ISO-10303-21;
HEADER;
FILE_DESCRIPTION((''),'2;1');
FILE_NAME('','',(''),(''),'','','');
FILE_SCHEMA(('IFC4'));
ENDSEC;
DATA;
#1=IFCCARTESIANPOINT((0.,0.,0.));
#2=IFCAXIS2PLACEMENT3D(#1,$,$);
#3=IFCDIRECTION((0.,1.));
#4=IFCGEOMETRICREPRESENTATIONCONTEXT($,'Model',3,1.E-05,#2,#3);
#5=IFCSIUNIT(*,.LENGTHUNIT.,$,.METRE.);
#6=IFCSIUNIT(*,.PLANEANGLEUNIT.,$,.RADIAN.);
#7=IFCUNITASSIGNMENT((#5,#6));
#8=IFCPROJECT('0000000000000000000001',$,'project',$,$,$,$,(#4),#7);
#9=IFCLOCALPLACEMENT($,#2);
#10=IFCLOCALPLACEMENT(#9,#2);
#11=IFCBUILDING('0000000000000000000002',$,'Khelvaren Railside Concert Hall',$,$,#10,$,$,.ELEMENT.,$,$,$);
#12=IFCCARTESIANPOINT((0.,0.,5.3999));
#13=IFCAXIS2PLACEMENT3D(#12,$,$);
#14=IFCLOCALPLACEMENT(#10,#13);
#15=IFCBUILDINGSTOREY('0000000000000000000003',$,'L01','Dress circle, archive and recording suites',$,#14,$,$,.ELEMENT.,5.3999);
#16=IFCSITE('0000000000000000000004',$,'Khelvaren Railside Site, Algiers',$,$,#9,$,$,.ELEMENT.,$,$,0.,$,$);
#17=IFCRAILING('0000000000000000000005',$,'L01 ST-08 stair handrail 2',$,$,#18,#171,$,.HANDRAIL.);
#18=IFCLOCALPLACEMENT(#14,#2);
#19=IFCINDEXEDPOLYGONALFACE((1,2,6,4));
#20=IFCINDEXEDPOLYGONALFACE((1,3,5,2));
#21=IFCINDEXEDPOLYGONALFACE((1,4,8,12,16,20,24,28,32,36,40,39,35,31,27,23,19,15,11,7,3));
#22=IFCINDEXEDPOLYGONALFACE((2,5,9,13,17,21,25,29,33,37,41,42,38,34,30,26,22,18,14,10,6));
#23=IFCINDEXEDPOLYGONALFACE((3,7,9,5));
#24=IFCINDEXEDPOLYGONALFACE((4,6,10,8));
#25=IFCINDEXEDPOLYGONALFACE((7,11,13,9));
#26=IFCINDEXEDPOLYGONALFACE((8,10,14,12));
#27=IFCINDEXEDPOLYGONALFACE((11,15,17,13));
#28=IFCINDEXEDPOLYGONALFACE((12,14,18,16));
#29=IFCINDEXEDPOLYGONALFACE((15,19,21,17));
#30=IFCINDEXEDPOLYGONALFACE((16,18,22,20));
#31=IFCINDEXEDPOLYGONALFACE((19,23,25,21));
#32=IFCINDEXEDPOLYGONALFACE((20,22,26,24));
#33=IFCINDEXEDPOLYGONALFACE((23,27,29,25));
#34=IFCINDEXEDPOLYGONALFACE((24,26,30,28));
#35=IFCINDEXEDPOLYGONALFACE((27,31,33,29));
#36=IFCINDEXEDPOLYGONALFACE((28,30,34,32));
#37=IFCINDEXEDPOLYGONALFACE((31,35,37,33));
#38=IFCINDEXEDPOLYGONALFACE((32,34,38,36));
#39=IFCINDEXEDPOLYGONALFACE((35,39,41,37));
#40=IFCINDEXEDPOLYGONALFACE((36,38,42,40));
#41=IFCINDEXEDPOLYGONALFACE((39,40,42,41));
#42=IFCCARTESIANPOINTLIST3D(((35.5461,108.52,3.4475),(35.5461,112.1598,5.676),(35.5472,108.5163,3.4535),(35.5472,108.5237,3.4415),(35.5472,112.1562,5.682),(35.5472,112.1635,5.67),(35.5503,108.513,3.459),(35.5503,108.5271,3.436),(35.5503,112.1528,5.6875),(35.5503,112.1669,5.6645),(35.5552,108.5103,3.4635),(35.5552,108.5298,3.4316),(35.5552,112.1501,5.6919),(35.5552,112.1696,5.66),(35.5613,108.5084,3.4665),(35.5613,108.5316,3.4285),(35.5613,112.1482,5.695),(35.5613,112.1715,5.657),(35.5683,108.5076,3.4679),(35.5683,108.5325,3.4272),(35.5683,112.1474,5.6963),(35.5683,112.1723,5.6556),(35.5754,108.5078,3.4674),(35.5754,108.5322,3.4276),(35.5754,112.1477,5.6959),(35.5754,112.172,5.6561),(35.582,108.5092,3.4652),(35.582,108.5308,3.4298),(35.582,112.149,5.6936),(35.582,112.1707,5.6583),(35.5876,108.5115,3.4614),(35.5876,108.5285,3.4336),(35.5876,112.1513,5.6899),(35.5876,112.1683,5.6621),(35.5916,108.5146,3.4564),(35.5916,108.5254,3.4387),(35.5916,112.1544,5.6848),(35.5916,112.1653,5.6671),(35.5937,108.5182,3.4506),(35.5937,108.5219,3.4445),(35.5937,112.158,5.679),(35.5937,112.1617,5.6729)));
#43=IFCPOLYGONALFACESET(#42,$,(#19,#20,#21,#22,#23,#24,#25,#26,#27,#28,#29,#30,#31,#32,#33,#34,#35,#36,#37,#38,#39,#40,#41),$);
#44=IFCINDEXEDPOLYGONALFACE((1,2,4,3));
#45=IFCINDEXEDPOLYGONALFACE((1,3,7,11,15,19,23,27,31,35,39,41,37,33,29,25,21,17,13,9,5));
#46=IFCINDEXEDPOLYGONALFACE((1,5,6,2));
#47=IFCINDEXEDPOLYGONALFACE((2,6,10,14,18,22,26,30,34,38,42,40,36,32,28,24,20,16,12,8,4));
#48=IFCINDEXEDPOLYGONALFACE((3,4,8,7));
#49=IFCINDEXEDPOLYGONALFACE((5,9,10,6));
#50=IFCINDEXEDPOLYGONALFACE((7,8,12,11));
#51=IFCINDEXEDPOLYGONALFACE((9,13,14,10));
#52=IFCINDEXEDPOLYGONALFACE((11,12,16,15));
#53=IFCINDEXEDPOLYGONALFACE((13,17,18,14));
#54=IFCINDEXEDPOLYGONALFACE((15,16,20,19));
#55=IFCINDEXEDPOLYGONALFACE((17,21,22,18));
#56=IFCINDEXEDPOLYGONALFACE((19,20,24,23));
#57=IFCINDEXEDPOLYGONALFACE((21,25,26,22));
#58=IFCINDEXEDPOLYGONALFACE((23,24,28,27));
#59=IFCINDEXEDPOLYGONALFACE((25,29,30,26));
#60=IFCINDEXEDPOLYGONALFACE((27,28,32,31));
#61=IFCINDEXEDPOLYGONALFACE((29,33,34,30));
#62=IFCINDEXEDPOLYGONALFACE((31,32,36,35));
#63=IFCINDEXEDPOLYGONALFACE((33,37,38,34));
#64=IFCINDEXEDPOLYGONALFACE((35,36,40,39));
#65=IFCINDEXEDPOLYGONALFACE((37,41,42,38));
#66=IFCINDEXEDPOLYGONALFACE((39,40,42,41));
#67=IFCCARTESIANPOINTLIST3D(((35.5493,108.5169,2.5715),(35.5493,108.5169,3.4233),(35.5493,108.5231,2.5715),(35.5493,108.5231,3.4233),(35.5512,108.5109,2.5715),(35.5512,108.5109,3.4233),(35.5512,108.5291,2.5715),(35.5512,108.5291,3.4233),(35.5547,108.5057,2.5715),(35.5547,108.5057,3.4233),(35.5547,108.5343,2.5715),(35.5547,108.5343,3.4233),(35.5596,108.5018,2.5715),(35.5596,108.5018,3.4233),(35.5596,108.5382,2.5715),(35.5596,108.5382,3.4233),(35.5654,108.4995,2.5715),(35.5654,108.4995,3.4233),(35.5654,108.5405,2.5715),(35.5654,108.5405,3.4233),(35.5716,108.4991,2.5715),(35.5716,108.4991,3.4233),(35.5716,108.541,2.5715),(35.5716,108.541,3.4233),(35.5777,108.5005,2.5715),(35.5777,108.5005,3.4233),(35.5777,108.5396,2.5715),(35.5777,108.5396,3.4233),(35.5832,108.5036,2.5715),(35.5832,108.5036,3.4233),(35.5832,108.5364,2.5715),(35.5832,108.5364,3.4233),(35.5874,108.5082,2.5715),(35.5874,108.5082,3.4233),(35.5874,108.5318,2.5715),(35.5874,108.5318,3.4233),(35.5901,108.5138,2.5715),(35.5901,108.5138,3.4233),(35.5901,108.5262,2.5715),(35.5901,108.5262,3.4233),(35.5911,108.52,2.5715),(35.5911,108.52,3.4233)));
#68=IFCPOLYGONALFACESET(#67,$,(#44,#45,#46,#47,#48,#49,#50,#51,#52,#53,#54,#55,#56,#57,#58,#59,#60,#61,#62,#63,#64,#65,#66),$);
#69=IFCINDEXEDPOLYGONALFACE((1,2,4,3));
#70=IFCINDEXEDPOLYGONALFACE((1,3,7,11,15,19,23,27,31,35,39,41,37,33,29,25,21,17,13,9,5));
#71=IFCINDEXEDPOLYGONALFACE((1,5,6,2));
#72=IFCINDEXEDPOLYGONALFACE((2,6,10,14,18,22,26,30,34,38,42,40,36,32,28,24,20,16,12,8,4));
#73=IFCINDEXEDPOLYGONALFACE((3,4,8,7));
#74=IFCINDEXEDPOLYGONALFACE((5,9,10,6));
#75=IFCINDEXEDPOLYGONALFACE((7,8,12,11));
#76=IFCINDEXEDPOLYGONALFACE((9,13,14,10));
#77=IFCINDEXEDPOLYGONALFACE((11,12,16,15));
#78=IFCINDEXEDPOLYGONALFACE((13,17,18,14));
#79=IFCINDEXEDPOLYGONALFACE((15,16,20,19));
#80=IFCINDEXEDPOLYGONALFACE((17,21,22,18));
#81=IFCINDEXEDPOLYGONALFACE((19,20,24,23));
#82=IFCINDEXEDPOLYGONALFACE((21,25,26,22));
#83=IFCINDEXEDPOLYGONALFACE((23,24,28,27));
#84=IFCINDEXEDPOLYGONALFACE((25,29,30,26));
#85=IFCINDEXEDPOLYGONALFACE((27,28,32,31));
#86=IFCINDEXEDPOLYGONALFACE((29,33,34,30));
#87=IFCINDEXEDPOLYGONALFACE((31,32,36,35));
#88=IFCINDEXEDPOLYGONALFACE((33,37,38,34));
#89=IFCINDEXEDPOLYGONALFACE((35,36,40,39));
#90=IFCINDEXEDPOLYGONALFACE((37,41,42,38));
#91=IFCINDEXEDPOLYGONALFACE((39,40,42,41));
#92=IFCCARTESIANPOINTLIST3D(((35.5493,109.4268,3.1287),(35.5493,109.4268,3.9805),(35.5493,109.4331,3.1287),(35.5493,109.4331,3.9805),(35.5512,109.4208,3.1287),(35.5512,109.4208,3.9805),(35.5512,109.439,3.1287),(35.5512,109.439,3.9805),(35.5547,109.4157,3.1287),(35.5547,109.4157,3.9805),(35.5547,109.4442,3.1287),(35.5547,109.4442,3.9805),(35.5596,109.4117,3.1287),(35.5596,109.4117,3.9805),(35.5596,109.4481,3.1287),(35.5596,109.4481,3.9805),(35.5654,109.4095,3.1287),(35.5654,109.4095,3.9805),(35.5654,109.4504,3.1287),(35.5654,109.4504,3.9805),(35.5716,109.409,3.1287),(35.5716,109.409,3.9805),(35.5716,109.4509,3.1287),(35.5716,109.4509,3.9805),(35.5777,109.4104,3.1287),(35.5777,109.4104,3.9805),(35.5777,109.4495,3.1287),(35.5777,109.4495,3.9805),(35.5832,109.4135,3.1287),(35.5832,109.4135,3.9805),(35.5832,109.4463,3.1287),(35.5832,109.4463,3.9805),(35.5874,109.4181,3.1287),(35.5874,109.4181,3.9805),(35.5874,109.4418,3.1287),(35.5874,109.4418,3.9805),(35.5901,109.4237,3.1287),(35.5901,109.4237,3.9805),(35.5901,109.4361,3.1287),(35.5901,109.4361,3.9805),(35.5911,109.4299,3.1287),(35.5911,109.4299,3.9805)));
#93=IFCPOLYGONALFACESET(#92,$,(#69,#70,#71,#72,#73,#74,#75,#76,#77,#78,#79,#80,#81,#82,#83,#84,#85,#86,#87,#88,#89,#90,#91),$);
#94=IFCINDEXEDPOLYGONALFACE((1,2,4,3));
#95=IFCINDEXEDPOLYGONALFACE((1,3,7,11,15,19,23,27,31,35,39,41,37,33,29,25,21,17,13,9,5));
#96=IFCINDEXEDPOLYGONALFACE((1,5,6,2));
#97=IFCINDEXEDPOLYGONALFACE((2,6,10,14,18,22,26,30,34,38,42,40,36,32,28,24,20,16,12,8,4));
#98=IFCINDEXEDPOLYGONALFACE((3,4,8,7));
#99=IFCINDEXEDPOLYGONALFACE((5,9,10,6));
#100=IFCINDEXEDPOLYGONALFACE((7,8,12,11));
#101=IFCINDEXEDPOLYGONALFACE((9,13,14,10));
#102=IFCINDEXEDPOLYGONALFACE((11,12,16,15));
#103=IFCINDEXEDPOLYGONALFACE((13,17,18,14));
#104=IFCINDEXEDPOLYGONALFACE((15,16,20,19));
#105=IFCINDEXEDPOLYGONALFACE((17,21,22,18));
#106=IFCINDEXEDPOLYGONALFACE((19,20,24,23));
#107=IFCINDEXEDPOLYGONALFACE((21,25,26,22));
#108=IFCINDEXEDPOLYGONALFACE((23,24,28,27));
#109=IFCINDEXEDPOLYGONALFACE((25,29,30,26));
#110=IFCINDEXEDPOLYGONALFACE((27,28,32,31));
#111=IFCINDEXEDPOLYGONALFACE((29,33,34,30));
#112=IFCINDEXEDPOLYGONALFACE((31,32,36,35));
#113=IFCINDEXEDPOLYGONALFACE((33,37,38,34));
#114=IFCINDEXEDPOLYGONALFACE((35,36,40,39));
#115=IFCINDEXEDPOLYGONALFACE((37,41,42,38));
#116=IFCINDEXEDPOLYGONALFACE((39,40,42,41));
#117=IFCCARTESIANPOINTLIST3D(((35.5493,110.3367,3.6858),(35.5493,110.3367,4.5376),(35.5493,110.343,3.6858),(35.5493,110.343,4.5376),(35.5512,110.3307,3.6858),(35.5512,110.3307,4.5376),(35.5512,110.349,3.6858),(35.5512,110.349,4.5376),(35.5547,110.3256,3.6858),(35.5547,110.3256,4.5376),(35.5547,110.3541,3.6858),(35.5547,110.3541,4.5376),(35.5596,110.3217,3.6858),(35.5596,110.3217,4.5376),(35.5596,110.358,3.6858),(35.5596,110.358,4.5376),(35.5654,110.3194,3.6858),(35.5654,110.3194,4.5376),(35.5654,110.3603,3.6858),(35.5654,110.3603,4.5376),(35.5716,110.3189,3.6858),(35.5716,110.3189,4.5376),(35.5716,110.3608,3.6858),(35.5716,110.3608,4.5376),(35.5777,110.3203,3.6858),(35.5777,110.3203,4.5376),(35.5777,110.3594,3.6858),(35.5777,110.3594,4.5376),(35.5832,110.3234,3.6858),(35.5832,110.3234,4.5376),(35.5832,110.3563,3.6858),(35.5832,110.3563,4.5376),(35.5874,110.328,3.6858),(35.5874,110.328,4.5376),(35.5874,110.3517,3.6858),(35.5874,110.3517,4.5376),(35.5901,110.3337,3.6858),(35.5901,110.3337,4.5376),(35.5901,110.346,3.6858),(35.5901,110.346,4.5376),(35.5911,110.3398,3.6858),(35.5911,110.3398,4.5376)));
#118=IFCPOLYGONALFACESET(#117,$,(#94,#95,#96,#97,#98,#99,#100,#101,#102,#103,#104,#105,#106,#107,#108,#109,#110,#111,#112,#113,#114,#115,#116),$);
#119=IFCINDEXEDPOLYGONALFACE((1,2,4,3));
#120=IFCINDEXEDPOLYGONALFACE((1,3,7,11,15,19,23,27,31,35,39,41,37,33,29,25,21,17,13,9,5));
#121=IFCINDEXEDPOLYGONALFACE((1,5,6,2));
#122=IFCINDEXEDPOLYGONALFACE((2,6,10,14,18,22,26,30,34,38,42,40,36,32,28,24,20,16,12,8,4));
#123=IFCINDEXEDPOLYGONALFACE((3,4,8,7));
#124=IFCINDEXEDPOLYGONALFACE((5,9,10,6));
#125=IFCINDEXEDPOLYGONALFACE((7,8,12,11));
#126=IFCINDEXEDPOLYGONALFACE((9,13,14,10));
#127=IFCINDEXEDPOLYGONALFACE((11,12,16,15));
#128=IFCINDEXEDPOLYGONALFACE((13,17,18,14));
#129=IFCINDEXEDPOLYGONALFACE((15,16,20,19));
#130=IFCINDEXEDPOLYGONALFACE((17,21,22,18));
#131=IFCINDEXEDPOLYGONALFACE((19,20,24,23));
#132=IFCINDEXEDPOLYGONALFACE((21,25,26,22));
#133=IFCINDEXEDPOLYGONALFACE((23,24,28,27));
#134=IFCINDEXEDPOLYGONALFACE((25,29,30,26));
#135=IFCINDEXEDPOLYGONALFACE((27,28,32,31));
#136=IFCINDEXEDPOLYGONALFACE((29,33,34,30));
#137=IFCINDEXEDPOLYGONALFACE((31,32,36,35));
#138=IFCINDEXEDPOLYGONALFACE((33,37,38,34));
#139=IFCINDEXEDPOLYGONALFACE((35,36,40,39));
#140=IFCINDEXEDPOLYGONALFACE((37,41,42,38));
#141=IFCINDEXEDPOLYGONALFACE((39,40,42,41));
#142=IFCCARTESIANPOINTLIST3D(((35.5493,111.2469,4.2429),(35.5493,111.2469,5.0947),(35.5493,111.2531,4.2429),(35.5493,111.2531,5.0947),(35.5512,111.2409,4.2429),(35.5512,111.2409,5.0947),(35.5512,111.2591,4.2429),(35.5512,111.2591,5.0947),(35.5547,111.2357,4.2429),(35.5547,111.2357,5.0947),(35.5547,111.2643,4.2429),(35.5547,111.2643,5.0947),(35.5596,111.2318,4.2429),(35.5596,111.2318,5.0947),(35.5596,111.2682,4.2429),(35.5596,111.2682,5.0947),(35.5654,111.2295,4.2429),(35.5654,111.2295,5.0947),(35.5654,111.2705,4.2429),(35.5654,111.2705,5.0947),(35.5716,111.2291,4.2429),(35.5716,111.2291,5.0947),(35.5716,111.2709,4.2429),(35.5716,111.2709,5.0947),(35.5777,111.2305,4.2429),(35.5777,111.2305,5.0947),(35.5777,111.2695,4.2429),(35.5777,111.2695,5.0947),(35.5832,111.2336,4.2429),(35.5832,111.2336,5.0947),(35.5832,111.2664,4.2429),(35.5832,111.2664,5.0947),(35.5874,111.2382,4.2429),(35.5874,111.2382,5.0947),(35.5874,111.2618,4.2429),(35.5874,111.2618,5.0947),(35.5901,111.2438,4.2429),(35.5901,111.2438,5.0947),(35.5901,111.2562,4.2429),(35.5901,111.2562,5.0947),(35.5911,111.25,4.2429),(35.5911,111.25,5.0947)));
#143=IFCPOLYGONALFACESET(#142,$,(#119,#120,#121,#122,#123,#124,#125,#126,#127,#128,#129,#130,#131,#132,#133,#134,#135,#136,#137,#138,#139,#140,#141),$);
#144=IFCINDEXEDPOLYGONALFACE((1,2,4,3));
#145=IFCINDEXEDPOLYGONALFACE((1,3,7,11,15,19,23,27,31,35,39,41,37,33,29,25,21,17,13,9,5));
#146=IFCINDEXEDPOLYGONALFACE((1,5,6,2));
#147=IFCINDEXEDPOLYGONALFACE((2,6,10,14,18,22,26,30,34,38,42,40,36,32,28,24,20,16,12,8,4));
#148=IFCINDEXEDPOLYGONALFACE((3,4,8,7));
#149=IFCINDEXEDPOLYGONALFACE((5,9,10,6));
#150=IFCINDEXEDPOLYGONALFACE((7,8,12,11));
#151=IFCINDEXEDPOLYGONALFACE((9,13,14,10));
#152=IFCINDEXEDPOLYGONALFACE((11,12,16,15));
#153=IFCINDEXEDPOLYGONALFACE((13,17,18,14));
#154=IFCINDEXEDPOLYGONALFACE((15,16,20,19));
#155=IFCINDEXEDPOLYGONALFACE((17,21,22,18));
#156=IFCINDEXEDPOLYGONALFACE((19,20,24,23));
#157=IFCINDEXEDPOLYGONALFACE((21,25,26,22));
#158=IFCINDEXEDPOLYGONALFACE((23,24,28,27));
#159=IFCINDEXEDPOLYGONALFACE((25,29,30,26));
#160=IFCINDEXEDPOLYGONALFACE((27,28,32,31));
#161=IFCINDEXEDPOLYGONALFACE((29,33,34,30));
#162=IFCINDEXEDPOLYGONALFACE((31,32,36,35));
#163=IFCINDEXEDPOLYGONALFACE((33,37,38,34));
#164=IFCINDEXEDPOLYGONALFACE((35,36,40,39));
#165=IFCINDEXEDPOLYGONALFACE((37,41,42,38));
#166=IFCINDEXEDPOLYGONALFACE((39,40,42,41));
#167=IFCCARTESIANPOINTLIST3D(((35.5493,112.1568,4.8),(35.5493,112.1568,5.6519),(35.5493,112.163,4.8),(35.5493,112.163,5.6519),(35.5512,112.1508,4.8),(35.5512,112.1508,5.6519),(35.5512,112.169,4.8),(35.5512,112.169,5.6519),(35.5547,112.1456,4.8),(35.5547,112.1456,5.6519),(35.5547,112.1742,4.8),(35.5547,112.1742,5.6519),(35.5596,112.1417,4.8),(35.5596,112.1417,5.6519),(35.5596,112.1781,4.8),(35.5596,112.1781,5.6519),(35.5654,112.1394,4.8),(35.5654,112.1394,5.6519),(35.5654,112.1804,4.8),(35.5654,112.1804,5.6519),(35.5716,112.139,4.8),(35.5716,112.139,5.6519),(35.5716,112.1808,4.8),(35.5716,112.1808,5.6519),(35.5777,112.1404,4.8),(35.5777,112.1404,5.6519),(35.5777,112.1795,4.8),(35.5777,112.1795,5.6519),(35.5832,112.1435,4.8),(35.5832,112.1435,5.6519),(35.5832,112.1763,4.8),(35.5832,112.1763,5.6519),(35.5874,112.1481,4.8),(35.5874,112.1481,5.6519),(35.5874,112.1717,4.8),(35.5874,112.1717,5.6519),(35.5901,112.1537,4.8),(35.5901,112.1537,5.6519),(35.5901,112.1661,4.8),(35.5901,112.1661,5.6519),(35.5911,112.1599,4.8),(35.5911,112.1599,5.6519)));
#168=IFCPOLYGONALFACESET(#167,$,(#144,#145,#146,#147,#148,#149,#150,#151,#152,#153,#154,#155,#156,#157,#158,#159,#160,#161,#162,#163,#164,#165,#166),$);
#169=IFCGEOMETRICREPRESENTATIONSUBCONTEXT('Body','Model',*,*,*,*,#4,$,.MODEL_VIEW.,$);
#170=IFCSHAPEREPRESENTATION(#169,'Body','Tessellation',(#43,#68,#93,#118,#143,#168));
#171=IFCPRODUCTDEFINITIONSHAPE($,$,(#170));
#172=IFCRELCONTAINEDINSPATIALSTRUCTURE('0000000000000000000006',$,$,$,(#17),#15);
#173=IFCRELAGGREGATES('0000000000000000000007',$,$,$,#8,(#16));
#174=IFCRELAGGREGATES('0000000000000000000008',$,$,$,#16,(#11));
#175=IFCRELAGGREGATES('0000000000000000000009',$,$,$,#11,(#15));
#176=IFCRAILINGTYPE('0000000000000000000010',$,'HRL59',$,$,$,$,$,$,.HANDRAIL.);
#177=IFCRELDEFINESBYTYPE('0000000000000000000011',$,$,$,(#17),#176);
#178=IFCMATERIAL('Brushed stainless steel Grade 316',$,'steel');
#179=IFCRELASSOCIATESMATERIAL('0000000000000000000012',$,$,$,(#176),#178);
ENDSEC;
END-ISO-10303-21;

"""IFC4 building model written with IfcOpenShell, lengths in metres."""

from ifc_helpers import new_model, si_unit, direction, frame, origin, origin_2d, place, context, subcontext, project, spatial, circle, extrude, material, type_object, element, save


model = new_model("IFC4")

# Units and contexts
model_context = context("Model", 3, precision=1e-05, world=origin(), true_north=direction((0.0, 1.0)))
body_context = subcontext(model_context, "Body", "Model", "MODEL_VIEW")
ifc_project = project(units=[si_unit("LENGTHUNIT", "METRE"), si_unit("PLANEANGLEUNIT", "RADIAN")], contexts=[model_context])

# Site, building, storey
site_placement = place(None, origin())
site = spatial("IfcSite", under=ifc_project, at=site_placement, Name="Khelvaren Railside Site, Algiers", CompositionType="ELEMENT", RefElevation=0.0)
building_placement = place(site_placement, origin())
building = spatial("IfcBuilding", under=site, at=building_placement, Name="Khelvaren Railside Concert Hall", CompositionType="ELEMENT")
storey_placement = place(building_placement, frame((0.0, 0.0, 5.3999)))
storey = spatial("IfcBuildingStorey", under=building, at=storey_placement, Name="L01", Description="Dress circle, archive and recording suites", CompositionType="ELEMENT", Elevation=5.3999)

# Railing
ifc_material_1 = material(Name="Brushed stainless steel Grade 316", Category="steel")
railing_type_1 = type_object("IfcRailingType", Name="HRL59", PredefinedType="HANDRAIL", material=ifc_material_1)
railing_1_placement = place(storey_placement, frame((35.5701, 108.52, 2.5715)))
element("IfcRailing", 1, at=railing_1_placement, inside=storey, type_object=railing_type_1, Name="L01 ST-08 stair handrail 2", PredefinedType="HANDRAIL", context=body_context, shape_type="SweptSolid", body=[
    extrude(circle(Radius=0.0239, at=origin_2d()), frame((0.0, 0.0, 0.876), z_axis=(0.0, 0.85285, 0.522156), x_axis=(-1.0, 0.0, 0.0)), (0.0, 0.0, 1.0), 4.2678),
    extrude(circle(Radius=0.021, at=origin_2d()), origin(), (0.0, 0.0, 1.0), 0.8518),
    extrude(circle(Radius=0.021, at=origin_2d()), frame((0.0, 0.9099, 0.5571)), (0.0, 0.0, 1.0), 0.8518),
    extrude(circle(Radius=0.021, at=origin_2d()), frame((0.0, 1.8198, 1.1143)), (0.0, 0.0, 1.0), 0.8518),
    extrude(circle(Radius=0.021, at=origin_2d()), frame((0.0, 2.73, 1.6714)), (0.0, 0.0, 1.0), 0.8518),
    extrude(circle(Radius=0.021, at=origin_2d()), frame((0.0, 3.6399, 2.2285)), (0.0, 0.0, 1.0), 0.8518),
])

save(model, "model.ifc")
